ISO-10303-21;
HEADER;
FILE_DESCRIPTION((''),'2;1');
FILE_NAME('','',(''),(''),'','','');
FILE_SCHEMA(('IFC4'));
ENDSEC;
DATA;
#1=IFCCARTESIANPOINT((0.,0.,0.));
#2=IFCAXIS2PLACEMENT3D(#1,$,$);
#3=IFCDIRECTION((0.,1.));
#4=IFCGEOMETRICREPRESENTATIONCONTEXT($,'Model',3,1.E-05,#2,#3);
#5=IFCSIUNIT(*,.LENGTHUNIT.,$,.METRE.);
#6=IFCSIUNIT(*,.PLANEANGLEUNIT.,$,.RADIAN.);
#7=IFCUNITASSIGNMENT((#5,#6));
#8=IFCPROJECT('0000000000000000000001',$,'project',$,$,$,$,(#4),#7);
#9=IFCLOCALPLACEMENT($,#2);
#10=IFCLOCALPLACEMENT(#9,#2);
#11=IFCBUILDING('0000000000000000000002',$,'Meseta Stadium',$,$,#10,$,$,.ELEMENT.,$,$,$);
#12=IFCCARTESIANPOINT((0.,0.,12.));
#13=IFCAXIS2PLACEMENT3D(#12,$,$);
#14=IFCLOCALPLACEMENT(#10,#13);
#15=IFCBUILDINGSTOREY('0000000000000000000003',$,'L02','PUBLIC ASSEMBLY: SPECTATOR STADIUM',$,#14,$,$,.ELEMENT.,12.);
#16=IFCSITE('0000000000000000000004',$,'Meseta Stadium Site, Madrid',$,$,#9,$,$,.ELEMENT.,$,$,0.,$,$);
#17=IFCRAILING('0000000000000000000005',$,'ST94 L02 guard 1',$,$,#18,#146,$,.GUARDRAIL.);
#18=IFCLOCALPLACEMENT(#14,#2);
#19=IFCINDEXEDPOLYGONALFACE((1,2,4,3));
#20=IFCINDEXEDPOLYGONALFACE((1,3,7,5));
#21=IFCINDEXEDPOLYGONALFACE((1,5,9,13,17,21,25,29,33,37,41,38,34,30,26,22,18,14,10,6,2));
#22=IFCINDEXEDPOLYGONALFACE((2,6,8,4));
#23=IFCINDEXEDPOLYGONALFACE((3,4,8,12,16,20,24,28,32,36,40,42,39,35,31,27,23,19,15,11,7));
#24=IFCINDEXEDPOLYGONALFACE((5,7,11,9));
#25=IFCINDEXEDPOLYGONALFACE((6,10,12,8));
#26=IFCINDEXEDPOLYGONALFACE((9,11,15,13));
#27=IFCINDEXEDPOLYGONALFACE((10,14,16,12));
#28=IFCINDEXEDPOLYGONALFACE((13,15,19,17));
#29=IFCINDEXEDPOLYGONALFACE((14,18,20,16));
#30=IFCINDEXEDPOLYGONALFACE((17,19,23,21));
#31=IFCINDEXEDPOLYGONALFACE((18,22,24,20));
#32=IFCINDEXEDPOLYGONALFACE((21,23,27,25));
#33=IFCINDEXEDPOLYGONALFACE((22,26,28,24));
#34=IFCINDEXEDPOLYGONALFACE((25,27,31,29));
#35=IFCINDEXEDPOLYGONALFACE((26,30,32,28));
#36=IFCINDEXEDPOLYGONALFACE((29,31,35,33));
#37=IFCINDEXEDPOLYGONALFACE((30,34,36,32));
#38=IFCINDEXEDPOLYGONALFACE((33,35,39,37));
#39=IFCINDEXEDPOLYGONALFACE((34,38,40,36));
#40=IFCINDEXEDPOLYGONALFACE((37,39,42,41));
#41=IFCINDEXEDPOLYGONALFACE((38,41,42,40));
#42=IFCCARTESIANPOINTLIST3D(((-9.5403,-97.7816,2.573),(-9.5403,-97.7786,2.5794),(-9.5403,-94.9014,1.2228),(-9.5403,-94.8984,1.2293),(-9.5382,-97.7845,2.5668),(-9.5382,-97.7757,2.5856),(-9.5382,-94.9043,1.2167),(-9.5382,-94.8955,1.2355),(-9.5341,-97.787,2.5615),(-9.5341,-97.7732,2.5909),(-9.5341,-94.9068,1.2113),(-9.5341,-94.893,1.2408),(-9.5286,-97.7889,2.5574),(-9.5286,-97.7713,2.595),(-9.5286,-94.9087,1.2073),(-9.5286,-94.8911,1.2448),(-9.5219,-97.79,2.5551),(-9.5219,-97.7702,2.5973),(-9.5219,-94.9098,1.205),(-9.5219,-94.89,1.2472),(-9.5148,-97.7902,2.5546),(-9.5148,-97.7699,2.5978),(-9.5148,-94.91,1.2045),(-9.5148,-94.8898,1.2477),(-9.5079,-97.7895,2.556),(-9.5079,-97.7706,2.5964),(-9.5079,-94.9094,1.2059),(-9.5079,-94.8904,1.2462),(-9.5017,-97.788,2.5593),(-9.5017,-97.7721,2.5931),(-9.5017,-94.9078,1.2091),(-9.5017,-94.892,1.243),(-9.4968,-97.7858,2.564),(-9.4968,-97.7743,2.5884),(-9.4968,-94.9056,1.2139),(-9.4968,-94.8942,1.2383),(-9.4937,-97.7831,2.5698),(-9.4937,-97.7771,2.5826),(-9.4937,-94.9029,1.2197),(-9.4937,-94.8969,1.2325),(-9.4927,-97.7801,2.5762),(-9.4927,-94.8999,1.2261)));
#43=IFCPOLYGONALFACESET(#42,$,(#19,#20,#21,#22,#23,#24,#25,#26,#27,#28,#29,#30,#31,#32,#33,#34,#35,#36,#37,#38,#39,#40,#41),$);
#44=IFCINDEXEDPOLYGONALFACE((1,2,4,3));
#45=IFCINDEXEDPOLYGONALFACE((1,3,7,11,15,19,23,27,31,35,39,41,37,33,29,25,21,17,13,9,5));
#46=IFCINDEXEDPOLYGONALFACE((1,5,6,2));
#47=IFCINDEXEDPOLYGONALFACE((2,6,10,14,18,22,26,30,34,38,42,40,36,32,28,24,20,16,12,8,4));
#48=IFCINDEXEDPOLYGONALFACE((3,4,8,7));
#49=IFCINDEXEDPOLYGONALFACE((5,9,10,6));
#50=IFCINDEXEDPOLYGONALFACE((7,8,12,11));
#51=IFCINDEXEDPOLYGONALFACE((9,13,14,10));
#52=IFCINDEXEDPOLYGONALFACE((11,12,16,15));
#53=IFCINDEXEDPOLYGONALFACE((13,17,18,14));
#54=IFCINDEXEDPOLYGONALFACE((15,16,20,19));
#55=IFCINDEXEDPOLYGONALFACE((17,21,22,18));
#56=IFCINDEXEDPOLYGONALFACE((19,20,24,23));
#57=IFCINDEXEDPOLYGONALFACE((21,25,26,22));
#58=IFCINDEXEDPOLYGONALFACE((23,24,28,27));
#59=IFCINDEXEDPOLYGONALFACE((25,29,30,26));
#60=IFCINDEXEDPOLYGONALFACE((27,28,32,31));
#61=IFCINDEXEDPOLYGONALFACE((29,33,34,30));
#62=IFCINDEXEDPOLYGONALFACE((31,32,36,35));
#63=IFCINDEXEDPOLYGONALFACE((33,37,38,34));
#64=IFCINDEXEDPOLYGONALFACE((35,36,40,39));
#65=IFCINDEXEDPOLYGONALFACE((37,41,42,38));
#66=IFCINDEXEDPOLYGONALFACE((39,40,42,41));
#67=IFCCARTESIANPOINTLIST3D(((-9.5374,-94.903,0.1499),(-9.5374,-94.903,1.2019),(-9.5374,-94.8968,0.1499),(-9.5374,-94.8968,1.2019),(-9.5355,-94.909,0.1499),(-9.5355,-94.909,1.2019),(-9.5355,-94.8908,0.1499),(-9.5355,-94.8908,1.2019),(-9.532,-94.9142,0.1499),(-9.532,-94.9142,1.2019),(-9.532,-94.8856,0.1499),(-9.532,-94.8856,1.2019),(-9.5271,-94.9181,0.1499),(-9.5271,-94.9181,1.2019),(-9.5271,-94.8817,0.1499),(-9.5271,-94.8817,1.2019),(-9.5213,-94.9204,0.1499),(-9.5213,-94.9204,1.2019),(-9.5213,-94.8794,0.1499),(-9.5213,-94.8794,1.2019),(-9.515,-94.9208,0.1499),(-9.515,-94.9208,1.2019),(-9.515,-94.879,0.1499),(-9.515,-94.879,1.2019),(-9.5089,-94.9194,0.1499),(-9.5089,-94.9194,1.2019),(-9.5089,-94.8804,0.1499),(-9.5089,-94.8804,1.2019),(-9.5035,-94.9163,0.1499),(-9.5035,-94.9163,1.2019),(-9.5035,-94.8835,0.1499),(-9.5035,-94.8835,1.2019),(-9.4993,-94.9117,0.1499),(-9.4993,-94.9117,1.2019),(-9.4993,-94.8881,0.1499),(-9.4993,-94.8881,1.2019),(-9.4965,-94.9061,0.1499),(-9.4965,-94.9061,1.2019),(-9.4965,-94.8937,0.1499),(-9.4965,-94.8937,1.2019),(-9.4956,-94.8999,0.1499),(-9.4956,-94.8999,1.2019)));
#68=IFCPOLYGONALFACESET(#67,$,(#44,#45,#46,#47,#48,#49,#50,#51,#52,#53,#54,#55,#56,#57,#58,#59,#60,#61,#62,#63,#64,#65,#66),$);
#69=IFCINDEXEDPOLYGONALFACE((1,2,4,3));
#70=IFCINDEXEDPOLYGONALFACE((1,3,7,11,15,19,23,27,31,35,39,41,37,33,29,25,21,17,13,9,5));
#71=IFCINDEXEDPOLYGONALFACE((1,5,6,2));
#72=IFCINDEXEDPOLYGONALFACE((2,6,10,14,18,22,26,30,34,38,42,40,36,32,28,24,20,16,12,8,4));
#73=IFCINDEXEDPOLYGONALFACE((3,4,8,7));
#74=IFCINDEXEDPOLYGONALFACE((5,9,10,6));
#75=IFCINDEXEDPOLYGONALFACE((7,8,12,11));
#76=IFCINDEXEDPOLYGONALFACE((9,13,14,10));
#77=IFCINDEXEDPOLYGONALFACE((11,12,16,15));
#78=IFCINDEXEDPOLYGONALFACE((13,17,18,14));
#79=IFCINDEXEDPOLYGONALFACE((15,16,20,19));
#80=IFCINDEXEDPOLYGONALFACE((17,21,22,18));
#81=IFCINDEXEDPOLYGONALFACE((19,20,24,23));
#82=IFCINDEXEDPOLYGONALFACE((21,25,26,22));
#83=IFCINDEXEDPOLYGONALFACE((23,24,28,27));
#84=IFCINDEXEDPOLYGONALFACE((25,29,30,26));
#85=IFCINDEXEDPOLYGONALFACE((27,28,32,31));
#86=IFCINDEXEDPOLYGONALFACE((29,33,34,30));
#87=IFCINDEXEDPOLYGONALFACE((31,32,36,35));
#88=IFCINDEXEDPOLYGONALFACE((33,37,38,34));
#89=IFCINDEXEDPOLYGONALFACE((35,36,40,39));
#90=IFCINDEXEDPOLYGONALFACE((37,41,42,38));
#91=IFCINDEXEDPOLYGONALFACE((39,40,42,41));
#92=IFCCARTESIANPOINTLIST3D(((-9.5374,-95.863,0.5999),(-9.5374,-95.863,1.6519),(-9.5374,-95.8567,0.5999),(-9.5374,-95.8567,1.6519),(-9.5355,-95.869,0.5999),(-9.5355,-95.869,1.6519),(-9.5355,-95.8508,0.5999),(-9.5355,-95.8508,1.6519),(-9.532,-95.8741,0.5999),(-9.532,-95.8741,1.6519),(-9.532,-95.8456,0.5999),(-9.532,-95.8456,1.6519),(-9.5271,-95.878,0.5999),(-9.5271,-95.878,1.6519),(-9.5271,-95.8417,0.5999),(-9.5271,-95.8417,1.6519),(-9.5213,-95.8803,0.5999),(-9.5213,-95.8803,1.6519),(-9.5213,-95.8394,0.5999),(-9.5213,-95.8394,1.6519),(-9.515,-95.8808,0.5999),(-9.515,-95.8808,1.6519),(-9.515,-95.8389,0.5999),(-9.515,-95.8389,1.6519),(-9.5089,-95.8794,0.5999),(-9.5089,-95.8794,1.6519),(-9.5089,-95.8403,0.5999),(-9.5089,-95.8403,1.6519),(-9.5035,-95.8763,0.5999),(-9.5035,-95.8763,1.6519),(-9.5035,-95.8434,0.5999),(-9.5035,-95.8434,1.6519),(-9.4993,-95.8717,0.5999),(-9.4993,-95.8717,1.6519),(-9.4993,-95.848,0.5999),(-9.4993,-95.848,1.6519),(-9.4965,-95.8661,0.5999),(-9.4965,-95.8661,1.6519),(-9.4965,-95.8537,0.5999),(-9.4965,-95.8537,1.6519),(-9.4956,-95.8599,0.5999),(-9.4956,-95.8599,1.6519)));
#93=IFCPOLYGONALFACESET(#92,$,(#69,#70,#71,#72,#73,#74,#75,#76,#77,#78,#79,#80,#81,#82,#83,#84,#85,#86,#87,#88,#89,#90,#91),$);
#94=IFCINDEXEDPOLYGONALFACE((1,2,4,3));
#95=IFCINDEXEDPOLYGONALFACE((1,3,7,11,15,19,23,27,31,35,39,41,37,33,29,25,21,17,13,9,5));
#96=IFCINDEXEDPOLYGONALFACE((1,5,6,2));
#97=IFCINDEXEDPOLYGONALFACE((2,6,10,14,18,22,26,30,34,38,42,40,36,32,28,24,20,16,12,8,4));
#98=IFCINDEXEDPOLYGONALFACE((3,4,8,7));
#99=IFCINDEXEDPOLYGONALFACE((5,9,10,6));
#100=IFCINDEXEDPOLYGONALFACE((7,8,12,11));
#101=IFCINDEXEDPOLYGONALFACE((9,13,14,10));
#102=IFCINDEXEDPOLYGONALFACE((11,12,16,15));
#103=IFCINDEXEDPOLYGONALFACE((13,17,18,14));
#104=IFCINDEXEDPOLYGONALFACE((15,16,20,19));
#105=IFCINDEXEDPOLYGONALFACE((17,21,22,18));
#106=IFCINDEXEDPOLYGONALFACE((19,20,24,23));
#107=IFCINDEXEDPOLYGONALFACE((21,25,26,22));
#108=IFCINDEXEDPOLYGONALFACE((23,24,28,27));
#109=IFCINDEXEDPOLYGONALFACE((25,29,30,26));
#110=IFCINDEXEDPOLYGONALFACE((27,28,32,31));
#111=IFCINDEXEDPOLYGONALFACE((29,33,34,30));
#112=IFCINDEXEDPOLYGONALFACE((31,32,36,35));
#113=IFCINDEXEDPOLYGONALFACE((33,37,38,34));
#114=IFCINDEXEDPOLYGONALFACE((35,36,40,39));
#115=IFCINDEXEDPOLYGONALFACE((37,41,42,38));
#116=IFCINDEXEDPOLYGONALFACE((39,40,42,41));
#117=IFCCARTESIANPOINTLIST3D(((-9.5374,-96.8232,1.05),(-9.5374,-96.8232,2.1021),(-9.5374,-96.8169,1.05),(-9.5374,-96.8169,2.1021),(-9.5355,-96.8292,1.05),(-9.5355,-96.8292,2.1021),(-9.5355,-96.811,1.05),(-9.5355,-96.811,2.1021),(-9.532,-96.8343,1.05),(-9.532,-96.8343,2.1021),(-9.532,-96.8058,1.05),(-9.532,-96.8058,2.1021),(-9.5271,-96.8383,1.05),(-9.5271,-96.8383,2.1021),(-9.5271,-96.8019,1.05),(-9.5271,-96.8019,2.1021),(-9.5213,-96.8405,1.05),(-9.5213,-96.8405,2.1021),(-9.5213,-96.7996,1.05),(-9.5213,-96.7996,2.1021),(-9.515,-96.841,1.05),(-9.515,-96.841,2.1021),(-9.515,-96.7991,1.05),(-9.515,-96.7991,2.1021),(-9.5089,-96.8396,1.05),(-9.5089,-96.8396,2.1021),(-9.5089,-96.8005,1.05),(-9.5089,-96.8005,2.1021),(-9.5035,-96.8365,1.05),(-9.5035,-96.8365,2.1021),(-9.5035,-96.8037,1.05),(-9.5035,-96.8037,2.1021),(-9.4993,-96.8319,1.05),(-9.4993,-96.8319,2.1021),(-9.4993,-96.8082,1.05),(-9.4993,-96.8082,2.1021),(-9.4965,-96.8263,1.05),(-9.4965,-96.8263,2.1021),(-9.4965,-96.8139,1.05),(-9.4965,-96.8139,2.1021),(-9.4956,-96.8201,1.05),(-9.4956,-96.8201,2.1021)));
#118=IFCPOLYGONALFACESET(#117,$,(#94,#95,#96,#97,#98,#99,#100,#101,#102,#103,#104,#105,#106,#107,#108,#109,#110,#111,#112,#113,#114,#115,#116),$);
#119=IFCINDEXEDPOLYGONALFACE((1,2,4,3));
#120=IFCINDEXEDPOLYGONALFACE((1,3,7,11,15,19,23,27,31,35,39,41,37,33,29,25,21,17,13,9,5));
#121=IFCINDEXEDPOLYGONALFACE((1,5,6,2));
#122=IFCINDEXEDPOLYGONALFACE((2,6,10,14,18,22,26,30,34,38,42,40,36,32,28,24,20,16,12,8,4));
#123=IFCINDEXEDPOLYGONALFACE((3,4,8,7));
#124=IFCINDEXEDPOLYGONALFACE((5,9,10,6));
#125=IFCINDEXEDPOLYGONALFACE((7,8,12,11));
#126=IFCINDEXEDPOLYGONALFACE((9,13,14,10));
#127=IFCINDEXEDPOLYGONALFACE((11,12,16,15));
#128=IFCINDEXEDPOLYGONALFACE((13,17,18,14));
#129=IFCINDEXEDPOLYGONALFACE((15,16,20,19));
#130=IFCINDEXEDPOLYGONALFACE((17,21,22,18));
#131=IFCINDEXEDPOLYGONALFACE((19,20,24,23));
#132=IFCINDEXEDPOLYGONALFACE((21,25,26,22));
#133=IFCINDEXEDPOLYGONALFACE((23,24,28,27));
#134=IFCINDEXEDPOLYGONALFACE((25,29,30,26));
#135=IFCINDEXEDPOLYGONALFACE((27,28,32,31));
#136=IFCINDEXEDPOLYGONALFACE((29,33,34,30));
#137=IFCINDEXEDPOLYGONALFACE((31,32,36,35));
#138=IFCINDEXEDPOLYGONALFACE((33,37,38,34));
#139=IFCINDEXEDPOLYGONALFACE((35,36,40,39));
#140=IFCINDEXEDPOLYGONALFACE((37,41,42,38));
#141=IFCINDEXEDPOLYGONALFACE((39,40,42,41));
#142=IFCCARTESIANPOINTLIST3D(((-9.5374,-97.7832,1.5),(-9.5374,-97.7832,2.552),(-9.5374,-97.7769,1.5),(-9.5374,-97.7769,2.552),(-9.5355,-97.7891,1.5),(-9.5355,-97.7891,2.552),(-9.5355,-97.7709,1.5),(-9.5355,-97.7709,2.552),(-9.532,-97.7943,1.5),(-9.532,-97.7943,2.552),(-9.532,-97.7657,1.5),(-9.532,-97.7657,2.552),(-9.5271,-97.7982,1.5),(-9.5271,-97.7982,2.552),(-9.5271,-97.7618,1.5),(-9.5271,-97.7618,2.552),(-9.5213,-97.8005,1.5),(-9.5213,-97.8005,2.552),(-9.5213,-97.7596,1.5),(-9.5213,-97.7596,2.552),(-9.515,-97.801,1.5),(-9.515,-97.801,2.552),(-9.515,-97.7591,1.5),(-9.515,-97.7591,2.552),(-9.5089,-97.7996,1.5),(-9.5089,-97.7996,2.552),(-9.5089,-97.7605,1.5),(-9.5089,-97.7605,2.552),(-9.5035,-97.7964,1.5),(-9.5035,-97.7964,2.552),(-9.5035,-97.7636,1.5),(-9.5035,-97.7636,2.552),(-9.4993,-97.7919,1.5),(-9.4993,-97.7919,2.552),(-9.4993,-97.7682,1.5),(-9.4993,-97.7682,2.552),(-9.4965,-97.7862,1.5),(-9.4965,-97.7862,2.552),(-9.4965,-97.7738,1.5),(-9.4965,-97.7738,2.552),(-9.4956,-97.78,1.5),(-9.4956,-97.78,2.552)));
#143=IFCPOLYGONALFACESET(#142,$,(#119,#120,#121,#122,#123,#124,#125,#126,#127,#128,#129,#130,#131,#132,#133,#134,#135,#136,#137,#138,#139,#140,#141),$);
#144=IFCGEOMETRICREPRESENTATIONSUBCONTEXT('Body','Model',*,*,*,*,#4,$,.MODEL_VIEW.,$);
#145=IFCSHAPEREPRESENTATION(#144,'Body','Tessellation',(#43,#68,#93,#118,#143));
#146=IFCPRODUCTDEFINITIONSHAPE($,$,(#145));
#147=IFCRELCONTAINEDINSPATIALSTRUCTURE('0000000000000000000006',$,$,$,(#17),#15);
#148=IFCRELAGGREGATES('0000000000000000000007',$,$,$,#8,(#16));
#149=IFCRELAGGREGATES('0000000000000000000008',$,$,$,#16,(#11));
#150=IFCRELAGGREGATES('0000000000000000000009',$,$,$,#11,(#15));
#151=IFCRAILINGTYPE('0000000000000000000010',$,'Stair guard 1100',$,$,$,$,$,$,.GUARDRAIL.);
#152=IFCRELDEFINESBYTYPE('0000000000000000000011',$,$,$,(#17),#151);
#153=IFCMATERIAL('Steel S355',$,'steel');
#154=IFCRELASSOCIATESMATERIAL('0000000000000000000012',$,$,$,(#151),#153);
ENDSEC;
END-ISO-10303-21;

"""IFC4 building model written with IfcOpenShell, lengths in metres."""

from ifc_helpers import new_model, si_unit, direction, frame, origin, origin_2d, place, context, subcontext, project, spatial, circle, extrude, material, type_object, element, save


model = new_model("IFC4")

# Units and contexts
model_context = context("Model", 3, precision=1e-05, world=origin(), true_north=direction((0.0, 1.0)))
body_context = subcontext(model_context, "Body", "Model", "MODEL_VIEW")
ifc_project = project(units=[si_unit("LENGTHUNIT", "METRE"), si_unit("PLANEANGLEUNIT", "RADIAN")], contexts=[model_context])

# Site, building, storey
site_placement = place(None, origin())
site = spatial("IfcSite", under=ifc_project, at=site_placement, Name="Meseta Stadium Site, Madrid", CompositionType="ELEMENT", RefElevation=0.0)
building_placement = place(site_placement, origin())
building = spatial("IfcBuilding", under=site, at=building_placement, Name="Meseta Stadium", CompositionType="ELEMENT")
storey_placement = place(building_placement, frame((0.0, 0.0, 12.0)))
storey = spatial("IfcBuildingStorey", under=building, at=storey_placement, Name="L02", Description="PUBLIC ASSEMBLY: SPECTATOR STADIUM", CompositionType="ELEMENT", Elevation=12.0)

# Railing
ifc_material_1 = material(Name="Steel S355", Category="steel")
railing_type_1 = type_object("IfcRailingType", Name="Stair guard 1100", PredefinedType="GUARDRAIL", material=ifc_material_1)
railing_1_placement = place(storey_placement, frame((-9.5166, -94.8999, 0.1499)))
element("IfcRailing", 1, at=railing_1_placement, inside=storey, type_object=railing_type_1, Name="ST94 L02 guard 1", PredefinedType="GUARDRAIL", context=body_context, shape_type="SweptSolid", body=[
    extrude(circle(Radius=0.0239, at=origin_2d()), frame((0.0, 0.0, 1.0762), z_axis=(0.0, -0.905454, 0.424444), x_axis=(1.0, 0.0, 0.0)), (0.0, 0.0, 1.0), 3.1809),
    extrude(circle(Radius=0.021, at=origin_2d()), origin(), (0.0, 0.0, 1.0), 1.052),
    extrude(circle(Radius=0.021, at=origin_2d()), frame((0.0, -0.96, 0.45)), (0.0, 0.0, 1.0), 1.052),
    extrude(circle(Radius=0.021, at=origin_2d()), frame((0.0, -1.9202, 0.9001)), (0.0, 0.0, 1.0), 1.052),
    extrude(circle(Radius=0.021, at=origin_2d()), frame((0.0, -2.8801, 1.3501)), (0.0, 0.0, 1.0), 1.052),
])

save(model, "model.ifc")
